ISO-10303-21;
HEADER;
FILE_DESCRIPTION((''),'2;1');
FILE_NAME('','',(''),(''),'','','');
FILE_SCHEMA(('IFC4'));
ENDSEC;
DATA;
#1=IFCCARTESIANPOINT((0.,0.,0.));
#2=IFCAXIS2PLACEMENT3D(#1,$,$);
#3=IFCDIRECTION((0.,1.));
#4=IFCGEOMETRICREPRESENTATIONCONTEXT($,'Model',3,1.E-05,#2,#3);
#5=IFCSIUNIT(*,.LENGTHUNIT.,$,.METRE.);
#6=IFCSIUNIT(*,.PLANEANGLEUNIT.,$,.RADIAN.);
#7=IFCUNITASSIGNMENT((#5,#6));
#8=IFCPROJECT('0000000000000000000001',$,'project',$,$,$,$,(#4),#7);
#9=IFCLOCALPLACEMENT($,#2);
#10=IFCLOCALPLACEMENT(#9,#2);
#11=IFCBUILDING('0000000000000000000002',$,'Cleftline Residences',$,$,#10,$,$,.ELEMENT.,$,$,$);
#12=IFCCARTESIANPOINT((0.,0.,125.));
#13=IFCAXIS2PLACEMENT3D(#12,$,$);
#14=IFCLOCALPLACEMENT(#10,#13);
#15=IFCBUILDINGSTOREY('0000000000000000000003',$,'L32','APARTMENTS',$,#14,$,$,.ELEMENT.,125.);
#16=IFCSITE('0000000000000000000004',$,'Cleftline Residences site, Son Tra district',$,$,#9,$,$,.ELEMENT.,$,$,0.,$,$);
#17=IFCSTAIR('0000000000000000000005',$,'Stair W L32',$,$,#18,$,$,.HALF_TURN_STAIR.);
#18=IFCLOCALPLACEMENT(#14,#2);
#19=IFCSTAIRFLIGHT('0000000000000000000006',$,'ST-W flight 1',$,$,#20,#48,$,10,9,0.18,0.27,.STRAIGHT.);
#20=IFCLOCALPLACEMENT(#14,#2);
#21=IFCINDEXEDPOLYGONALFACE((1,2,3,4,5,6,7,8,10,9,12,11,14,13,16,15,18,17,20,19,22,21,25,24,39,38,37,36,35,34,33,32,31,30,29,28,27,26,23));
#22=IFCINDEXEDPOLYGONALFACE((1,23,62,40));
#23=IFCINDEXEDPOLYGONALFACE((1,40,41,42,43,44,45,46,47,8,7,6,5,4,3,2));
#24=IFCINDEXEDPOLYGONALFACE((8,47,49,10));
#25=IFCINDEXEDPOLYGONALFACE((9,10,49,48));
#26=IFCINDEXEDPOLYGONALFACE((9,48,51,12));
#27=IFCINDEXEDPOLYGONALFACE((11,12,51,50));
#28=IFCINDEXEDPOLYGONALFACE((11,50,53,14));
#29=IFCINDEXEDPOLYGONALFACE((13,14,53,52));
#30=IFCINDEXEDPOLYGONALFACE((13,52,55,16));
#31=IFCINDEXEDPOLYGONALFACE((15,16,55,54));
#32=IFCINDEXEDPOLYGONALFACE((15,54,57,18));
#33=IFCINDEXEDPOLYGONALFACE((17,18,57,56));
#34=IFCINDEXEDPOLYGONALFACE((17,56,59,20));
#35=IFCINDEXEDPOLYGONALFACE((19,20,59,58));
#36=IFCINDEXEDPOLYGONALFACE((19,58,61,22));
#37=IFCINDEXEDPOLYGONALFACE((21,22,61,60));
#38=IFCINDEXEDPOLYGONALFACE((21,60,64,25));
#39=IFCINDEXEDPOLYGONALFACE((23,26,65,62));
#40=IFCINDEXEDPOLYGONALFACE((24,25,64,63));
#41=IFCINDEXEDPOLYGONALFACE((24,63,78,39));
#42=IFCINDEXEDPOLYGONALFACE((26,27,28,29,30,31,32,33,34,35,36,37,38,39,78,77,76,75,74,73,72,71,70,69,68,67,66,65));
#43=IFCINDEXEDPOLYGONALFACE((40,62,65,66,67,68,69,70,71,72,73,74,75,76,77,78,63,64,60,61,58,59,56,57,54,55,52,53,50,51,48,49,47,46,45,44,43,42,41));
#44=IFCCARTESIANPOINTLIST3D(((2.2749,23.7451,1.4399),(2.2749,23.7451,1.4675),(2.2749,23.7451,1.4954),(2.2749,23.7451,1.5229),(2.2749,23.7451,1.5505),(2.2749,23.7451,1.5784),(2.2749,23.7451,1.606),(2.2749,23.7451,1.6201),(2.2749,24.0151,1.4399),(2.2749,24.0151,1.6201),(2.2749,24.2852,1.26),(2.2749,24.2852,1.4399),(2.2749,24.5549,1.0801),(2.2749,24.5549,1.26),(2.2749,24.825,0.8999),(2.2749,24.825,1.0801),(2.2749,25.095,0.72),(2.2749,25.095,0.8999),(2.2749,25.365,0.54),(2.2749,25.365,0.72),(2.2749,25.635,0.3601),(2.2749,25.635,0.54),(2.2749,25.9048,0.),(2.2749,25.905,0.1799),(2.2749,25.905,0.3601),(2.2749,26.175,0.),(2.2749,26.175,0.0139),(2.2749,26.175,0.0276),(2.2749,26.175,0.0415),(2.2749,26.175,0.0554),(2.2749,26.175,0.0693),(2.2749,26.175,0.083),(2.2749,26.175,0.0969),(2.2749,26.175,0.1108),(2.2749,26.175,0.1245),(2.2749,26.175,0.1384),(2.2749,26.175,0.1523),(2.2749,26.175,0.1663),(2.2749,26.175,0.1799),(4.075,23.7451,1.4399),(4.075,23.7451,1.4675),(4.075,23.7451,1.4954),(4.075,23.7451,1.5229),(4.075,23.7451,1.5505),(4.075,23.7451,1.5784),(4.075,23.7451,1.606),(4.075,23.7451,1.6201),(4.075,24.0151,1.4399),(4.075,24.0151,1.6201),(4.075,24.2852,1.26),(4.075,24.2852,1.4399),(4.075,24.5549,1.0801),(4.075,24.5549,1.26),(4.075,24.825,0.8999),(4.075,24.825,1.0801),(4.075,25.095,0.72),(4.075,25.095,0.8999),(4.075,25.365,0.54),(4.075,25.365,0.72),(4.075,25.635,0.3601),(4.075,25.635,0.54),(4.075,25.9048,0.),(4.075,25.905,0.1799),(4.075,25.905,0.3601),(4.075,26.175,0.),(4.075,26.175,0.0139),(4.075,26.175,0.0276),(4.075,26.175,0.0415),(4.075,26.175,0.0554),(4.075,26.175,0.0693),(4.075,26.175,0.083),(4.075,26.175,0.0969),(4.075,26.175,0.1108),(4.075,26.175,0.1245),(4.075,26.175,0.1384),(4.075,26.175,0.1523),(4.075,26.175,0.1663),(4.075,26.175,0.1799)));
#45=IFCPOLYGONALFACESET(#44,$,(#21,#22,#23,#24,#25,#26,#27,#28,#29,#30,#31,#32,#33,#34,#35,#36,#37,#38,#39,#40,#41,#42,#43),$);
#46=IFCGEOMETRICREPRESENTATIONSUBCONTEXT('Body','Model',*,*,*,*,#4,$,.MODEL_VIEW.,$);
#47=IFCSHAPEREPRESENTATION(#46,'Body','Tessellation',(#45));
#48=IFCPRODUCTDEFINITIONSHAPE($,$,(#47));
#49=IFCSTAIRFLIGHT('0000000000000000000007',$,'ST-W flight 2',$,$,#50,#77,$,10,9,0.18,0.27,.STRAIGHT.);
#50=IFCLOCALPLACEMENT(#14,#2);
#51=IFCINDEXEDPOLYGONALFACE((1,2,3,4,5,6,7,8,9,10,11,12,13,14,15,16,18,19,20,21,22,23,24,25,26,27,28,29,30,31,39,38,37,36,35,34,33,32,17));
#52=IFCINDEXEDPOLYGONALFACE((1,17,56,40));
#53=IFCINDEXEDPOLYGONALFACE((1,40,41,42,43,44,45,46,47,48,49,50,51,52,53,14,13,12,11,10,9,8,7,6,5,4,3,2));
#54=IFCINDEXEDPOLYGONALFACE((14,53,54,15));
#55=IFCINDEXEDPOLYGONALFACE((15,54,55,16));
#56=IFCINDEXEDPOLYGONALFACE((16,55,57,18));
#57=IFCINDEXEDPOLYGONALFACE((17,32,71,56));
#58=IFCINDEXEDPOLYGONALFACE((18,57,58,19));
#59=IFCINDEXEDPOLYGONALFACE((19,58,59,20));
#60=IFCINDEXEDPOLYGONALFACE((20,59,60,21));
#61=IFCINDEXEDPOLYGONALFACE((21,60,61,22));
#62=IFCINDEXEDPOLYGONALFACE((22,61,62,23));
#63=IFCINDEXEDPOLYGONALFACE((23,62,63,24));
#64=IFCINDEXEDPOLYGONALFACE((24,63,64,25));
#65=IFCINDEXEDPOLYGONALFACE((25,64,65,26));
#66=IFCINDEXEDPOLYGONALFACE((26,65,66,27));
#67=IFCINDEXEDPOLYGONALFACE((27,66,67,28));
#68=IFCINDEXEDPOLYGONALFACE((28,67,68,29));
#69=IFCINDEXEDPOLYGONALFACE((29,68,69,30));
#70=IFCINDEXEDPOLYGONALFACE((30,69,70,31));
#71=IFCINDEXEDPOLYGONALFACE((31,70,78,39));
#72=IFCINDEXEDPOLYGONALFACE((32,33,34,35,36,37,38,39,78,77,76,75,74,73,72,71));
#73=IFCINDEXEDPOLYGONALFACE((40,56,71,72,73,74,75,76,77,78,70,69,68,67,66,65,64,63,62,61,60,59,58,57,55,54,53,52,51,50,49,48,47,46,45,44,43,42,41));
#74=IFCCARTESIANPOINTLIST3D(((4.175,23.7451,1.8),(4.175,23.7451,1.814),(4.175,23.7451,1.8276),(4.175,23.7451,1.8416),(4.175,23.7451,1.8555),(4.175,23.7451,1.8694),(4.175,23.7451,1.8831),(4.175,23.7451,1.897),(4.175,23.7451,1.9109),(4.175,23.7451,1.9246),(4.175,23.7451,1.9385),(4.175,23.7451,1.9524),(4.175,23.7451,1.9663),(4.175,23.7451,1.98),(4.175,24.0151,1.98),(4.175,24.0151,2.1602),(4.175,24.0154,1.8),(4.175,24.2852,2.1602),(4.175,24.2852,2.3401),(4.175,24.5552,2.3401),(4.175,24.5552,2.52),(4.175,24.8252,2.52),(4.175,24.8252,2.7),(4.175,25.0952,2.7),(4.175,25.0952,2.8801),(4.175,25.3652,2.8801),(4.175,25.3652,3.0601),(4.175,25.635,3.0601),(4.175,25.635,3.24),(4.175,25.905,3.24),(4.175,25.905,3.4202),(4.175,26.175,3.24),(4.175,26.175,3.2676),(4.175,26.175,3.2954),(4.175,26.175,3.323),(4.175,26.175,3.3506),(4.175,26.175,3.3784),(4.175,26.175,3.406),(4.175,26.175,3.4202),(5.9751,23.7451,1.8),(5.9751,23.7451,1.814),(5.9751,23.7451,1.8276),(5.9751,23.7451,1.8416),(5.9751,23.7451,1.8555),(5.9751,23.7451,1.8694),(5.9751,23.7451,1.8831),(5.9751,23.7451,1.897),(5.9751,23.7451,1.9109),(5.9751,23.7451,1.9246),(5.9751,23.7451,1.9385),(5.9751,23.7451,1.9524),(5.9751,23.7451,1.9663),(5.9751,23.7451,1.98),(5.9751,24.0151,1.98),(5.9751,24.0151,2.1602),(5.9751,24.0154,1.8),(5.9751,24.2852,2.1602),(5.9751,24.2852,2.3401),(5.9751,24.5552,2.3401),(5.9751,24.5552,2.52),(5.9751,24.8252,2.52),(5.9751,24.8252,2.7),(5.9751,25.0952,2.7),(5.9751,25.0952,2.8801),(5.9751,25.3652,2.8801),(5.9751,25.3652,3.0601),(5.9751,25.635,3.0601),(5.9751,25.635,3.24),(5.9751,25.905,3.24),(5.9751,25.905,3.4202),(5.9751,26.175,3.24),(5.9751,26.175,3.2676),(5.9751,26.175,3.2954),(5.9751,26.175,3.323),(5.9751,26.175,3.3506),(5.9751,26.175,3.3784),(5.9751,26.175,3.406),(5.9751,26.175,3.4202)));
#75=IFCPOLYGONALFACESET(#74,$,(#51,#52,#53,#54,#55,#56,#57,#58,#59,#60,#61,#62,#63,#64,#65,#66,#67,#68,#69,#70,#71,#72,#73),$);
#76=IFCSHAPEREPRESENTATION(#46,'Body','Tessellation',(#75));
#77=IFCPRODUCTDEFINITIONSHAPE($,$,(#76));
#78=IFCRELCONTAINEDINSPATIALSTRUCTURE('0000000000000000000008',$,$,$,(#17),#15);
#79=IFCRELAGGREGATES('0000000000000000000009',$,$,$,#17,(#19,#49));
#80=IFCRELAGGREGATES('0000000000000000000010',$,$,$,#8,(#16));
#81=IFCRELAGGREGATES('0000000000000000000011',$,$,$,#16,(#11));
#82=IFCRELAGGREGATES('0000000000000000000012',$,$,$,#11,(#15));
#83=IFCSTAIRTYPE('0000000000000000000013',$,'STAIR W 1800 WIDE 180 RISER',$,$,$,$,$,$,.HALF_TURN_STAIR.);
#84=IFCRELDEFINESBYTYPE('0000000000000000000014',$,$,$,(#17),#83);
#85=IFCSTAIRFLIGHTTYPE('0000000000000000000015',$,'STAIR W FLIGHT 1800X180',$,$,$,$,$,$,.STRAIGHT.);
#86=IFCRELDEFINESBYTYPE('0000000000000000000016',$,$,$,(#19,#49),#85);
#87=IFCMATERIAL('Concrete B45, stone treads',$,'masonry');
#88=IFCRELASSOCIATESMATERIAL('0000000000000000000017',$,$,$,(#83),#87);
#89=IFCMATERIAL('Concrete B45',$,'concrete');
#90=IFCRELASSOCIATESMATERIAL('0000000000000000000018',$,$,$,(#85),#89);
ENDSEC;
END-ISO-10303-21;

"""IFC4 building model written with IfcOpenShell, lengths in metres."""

from ifc_helpers import new_model, si_unit, direction, frame, origin, place, context, subcontext, project, spatial, polyline, outline, extrude, material, type_object, element, aggregate, save


model = new_model("IFC4")

# Units and contexts
model_context = context("Model", 3, precision=1e-05, world=origin(), true_north=direction((0.0, 1.0)))
body_context = subcontext(model_context, "Body", "Model", "MODEL_VIEW")
ifc_project = project(units=[si_unit("LENGTHUNIT", "METRE"), si_unit("PLANEANGLEUNIT", "RADIAN")], contexts=[model_context])

# Site, building, storey
site_placement = place(None, origin())
site = spatial("IfcSite", under=ifc_project, at=site_placement, Name="Cleftline Residences site, Son Tra district", CompositionType="ELEMENT", RefElevation=0.0)
building_placement = place(site_placement, origin())
building = spatial("IfcBuilding", under=site, at=building_placement, Name="Cleftline Residences", CompositionType="ELEMENT")
storey_placement = place(building_placement, frame((0.0, 0.0, 125.0)))
storey = spatial("IfcBuildingStorey", under=building, at=storey_placement, Name="L32", Description="APARTMENTS", CompositionType="ELEMENT", Elevation=125.0)

# Stair, stair flights
ifc_material_1 = material(Name="Concrete B45, stone treads", Category="masonry")
stair_type = type_object("IfcStairType", Name="STAIR W 1800 WIDE 180 RISER", PredefinedType="HALF_TURN_STAIR", material=ifc_material_1)
stair_placement = place(storey_placement, origin())
stair = element("IfcStair", 1, at=stair_placement, inside=storey, type_object=stair_type, Name="Stair W L32", PredefinedType="HALF_TURN_STAIR")
ifc_material_2 = material(Name="Concrete B45", Category="concrete")
stair_flight_type = type_object("IfcStairFlightType", Name="STAIR W FLIGHT 1800X180", PredefinedType="STRAIGHT", material=ifc_material_2)
stair_flight_1_placement = place(storey_placement, frame((3.175, 26.175, 0.0), z_axis=(0.0, 0.0, 1.0), x_axis=(0.0, -1.0, 0.0)))
stair_flight_1 = element("IfcStairFlight", 2, at=stair_flight_1_placement, type_object=stair_flight_type, Name="ST-W flight 1", NumberOfRisers=10, NumberOfTreads=9, PredefinedType="STRAIGHT", RiserHeight=0.18, TreadLength=0.27, context=body_context, shape_type="SweptSolid", body=[
    extrude(outline(polyline([(0.0, 0.0), (0.0, 0.0139), (0.0, 0.0276), (0.0, 0.0415), (0.0, 0.0554), (0.0, 0.0693), (0.0, 0.083), (0.0, 0.0969), (0.0, 0.1108), (0.0, 0.1245), (0.0, 0.1384), (0.0, 0.1523), (0.0, 0.1663), (0.0, 0.1799), (0.27, 0.1799), (0.27, 0.3601), (0.54, 0.3601), (0.54, 0.54), (0.8101, 0.54), (0.8101, 0.72), (1.0801, 0.72), (1.0801, 0.8999), (1.3501, 0.8999), (1.3501, 1.0801), (1.6201, 1.0801), (1.6201, 1.26), (1.8899, 1.26), (1.8899, 1.4399), (2.1599, 1.4399), (2.1599, 1.6201), (2.4299, 1.6201), (2.4299, 1.8), (2.4299, 1.7722), (2.4299, 1.7446), (2.4299, 1.7168), (2.4299, 1.6892), (2.4299, 1.6614), (2.4299, 1.6338), (2.4299, 1.606), (2.4299, 1.5784), (2.4299, 1.5505), (2.4299, 1.5229), (2.4299, 1.4954), (2.4299, 1.4675), (2.4299, 1.4399), (0.2703, 0.0), (0.0, 0.0)])), frame((0.0, 0.8999, 0.0), z_axis=(0.0, -1.0, 0.0), x_axis=(1.0, 0.0, 0.0)), (0.0, 0.0, 1.0), 1.8),
])
stair_flight_2_placement = place(storey_placement, frame((5.075, 23.7451, 1.8), z_axis=(0.0, 0.0, 1.0), x_axis=(0.0, 1.0, 0.0)))
stair_flight_2 = element("IfcStairFlight", 3, at=stair_flight_2_placement, type_object=stair_flight_type, Name="ST-W flight 2", NumberOfRisers=10, NumberOfTreads=9, PredefinedType="STRAIGHT", RiserHeight=0.18, TreadLength=0.27, context=body_context, shape_type="SweptSolid", body=[
    extrude(outline(polyline([(0.0, 0.0), (0.0, 0.0139), (0.0, 0.0276), (0.0, 0.0415), (0.0, 0.0554), (0.0, 0.0693), (0.0, 0.083), (0.0, 0.0969), (0.0, 0.1108), (0.0, 0.1245), (0.0, 0.1384), (0.0, 0.1523), (0.0, 0.1663), (0.0, 0.1799), (0.27, 0.1799), (0.27, 0.3601), (0.54, 0.3601), (0.54, 0.54), (0.8101, 0.54), (0.8101, 0.72), (1.0801, 0.72), (1.0801, 0.8999), (1.3501, 0.8999), (1.3501, 1.0801), (1.6201, 1.0801), (1.6201, 1.26), (1.8899, 1.26), (1.8899, 1.4399), (2.1599, 1.4399), (2.1599, 1.6201), (2.4299, 1.6201), (2.4299, 1.8), (2.4299, 1.7722), (2.4299, 1.7446), (2.4299, 1.7168), (2.4299, 1.6892), (2.4299, 1.6614), (2.4299, 1.6338), (2.4299, 1.606), (2.4299, 1.5784), (2.4299, 1.5505), (2.4299, 1.5229), (2.4299, 1.4954), (2.4299, 1.4675), (2.4299, 1.4399), (0.2703, 0.0), (0.0, 0.0)])), frame((0.0, 0.8999, 0.0), z_axis=(0.0, -1.0, 0.0), x_axis=(1.0, 0.0, 0.0)), (0.0, 0.0, 1.0), 1.8),
])
aggregate(stair, [stair_flight_1, stair_flight_2])

save(model, "model.ifc")
